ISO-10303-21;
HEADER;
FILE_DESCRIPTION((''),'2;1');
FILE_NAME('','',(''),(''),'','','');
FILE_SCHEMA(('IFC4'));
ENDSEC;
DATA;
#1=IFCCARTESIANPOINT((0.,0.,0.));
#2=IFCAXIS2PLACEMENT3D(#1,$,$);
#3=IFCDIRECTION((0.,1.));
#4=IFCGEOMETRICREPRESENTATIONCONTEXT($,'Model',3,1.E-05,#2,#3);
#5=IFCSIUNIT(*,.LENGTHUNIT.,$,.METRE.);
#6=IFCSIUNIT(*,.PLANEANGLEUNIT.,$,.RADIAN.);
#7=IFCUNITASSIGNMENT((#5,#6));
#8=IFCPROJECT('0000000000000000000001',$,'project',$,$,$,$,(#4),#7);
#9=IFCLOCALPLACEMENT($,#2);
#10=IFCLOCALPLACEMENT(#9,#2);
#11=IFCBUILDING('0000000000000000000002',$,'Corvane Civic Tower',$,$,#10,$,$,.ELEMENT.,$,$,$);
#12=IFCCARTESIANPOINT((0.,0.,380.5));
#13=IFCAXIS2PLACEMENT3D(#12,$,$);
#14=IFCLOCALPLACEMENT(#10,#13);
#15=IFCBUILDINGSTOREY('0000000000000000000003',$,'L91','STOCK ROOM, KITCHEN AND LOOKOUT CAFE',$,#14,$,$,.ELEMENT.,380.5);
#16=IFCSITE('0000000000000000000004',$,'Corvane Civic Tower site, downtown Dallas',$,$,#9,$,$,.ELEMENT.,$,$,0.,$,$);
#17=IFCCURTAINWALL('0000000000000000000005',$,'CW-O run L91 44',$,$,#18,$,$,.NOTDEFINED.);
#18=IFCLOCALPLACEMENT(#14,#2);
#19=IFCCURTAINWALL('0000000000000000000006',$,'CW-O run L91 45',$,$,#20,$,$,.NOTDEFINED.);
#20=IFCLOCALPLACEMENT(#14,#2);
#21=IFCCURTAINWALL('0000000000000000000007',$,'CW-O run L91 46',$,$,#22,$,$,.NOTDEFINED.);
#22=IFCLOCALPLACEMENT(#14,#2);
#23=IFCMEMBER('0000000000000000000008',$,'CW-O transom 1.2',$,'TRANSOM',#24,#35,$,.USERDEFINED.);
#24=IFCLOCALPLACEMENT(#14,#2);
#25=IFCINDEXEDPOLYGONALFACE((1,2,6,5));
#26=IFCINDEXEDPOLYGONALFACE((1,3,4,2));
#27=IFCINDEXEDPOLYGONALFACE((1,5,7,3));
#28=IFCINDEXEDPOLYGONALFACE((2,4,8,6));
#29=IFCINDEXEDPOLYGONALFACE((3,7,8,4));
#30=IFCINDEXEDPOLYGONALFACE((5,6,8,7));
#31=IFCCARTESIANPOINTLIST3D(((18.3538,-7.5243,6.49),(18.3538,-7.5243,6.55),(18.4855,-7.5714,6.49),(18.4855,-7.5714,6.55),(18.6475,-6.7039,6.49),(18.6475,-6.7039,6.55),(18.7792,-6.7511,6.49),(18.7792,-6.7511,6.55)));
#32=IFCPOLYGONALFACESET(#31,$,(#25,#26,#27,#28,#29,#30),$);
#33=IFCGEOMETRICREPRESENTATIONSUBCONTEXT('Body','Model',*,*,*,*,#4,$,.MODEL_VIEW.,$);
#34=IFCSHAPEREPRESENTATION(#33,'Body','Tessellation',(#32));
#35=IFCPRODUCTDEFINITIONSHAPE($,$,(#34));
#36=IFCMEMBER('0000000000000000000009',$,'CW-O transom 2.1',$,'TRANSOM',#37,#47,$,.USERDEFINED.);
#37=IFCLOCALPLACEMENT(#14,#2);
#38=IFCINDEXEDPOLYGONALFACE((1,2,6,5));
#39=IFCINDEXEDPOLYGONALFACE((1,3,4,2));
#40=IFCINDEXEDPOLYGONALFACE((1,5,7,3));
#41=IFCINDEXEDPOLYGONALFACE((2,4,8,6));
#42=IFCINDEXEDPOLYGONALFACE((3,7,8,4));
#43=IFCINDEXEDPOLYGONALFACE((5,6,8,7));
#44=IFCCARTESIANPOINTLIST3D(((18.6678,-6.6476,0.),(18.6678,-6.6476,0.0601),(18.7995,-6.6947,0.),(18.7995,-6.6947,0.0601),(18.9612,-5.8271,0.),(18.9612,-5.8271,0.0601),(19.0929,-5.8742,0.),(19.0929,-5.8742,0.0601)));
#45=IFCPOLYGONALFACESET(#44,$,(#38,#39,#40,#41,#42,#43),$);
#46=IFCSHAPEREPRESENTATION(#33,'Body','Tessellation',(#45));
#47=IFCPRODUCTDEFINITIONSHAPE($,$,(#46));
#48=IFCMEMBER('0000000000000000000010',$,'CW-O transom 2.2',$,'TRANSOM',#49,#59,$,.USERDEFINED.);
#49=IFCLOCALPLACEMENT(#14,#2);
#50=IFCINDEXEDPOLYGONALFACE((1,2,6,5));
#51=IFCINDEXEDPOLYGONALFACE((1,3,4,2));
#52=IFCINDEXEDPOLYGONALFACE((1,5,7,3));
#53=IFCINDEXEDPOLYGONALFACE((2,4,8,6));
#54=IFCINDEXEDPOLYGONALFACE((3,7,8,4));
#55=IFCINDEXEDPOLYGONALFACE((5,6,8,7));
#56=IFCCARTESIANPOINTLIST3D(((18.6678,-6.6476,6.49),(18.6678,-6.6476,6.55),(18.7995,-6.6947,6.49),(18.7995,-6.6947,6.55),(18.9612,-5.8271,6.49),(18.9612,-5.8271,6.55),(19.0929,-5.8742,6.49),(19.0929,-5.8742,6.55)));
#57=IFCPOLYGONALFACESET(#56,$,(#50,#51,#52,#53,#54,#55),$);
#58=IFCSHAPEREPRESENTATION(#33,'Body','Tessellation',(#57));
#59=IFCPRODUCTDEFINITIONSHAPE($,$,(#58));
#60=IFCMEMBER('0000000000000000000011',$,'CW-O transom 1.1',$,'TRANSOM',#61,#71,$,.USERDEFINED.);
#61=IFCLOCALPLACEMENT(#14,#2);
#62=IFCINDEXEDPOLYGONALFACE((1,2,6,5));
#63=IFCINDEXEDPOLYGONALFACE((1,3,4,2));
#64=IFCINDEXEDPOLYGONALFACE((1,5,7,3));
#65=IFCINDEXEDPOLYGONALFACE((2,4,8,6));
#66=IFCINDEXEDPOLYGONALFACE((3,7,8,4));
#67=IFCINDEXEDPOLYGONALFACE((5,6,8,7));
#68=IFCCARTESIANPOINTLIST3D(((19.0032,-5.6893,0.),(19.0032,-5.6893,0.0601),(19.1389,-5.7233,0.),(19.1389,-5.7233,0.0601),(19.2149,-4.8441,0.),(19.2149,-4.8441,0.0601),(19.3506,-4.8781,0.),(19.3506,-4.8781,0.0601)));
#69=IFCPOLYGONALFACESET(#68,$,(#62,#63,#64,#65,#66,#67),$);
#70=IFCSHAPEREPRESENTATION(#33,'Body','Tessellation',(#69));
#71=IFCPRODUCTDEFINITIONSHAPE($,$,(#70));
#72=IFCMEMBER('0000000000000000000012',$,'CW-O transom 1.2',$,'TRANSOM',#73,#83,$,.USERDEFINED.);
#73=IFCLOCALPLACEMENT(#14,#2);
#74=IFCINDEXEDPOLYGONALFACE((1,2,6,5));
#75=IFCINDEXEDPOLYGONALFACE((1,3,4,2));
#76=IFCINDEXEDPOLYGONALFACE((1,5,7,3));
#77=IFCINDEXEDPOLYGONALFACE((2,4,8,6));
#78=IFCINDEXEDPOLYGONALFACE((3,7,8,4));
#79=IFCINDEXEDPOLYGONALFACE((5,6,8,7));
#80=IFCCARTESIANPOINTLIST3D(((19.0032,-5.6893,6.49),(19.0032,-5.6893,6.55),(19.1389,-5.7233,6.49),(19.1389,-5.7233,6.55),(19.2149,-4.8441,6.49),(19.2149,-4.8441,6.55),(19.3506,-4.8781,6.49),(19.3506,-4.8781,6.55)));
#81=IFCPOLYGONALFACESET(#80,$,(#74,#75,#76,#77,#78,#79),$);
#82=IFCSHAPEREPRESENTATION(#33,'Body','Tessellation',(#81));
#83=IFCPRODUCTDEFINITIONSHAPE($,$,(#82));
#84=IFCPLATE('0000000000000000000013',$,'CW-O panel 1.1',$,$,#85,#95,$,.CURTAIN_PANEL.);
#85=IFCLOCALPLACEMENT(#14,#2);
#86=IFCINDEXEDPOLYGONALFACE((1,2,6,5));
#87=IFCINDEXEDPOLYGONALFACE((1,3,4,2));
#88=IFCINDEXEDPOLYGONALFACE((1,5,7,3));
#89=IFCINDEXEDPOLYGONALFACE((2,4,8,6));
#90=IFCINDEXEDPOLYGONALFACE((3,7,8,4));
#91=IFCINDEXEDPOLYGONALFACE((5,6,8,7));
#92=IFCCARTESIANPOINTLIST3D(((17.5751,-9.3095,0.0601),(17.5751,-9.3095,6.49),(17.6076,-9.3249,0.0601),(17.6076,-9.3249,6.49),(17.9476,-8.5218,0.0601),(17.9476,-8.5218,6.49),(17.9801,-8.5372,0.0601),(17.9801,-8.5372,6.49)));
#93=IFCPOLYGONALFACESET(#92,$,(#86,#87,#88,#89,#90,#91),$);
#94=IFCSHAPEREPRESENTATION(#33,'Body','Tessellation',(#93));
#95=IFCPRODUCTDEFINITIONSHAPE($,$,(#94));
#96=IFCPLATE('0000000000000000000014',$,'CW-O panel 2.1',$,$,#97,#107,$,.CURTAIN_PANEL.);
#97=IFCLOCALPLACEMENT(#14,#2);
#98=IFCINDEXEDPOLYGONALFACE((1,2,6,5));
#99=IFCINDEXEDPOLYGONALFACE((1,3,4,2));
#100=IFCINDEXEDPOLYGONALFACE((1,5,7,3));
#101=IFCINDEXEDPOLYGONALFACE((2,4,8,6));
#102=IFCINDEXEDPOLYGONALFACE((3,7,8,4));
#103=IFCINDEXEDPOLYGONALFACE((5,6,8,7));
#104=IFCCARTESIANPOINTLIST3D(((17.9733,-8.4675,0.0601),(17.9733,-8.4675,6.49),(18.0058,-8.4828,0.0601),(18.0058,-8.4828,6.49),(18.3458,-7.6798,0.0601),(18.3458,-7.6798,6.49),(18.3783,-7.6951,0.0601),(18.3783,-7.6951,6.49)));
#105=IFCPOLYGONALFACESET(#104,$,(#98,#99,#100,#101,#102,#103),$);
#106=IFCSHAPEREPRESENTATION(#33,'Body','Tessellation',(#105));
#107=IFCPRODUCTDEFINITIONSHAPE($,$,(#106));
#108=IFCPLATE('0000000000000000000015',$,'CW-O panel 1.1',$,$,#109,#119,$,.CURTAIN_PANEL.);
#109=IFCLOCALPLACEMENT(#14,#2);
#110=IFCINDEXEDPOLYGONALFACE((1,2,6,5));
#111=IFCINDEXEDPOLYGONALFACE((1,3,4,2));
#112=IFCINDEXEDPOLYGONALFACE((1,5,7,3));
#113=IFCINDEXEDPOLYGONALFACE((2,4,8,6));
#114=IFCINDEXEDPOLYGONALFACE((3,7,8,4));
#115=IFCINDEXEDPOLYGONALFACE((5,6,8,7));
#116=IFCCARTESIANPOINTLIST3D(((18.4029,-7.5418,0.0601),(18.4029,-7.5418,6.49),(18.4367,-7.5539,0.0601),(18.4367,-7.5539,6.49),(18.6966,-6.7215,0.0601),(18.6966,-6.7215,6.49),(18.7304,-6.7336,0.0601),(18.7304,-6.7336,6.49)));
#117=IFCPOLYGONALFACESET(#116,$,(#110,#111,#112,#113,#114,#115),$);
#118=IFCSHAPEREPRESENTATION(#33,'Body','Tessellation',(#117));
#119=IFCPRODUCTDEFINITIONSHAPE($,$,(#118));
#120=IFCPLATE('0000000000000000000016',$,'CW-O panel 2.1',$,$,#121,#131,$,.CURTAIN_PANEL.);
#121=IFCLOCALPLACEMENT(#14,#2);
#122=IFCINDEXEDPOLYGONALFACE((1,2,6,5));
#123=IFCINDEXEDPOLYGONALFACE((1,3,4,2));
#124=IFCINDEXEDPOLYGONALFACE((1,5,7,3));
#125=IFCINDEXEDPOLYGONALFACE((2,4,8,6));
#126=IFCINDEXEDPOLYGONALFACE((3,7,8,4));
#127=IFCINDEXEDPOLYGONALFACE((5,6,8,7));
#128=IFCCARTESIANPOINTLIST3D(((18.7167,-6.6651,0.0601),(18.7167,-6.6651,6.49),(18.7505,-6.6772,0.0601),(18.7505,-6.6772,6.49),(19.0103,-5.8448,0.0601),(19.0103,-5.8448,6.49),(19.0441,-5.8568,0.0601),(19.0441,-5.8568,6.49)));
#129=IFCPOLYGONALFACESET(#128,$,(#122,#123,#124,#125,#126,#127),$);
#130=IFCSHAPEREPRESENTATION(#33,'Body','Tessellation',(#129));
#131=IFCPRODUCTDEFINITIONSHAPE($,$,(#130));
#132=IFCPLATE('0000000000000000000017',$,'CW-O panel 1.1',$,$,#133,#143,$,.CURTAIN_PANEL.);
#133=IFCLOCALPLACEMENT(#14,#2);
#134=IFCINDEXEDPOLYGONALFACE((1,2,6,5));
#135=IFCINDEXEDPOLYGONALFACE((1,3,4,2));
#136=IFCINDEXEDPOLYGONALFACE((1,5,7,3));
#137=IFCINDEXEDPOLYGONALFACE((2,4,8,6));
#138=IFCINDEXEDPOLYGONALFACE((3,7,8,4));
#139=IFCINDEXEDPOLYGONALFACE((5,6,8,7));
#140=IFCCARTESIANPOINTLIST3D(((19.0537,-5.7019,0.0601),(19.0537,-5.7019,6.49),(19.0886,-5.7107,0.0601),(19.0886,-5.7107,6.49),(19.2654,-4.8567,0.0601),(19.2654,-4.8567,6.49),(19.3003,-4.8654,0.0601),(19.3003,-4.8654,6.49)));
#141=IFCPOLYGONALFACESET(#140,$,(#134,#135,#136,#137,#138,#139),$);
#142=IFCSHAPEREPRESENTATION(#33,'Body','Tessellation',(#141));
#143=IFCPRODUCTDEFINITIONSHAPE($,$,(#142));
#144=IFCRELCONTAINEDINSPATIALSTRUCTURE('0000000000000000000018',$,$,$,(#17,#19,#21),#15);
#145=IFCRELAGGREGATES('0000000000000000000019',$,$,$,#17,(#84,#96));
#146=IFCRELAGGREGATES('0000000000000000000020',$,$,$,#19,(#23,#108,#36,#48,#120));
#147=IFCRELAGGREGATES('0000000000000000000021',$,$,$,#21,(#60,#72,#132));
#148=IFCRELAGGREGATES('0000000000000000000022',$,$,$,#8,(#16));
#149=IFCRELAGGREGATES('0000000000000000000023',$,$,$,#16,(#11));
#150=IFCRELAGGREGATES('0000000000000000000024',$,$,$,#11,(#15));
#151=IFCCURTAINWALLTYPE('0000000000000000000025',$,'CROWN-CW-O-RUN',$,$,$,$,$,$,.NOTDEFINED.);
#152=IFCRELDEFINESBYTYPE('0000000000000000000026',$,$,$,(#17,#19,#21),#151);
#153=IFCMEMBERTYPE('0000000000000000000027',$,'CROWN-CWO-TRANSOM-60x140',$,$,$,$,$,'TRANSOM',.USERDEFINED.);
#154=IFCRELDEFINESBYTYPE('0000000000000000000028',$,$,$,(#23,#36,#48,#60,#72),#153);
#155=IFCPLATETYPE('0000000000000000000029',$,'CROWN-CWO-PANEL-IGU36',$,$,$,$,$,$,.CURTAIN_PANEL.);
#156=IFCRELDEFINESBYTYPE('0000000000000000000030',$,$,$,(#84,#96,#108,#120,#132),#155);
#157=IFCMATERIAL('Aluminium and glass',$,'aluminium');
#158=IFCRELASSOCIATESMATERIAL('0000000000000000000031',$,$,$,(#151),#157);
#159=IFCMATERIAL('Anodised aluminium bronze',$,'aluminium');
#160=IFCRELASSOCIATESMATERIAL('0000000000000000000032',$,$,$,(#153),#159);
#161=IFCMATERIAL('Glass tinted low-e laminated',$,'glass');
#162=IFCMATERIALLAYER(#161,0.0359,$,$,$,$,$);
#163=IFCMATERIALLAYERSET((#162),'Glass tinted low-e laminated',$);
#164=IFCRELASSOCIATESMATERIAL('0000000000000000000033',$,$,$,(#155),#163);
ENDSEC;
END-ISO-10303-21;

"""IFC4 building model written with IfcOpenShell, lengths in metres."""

from ifc_helpers import new_model, si_unit, direction, frame, origin, origin_2d, place, context, subcontext, project, spatial, rectangle, extrude, material, layer, layer_set, material_profile, profile_set, type_object, element, aggregate, save


model = new_model("IFC4")

# Units and contexts
model_context = context("Model", 3, precision=1e-05, world=origin(), true_north=direction((0.0, 1.0)))
body_context = subcontext(model_context, "Body", "Model", "MODEL_VIEW")
ifc_project = project(units=[si_unit("LENGTHUNIT", "METRE"), si_unit("PLANEANGLEUNIT", "RADIAN")], contexts=[model_context])

# Site, building, storey
site_placement = place(None, origin())
site = spatial("IfcSite", under=ifc_project, at=site_placement, Name="Corvane Civic Tower site, downtown Dallas", CompositionType="ELEMENT", RefElevation=0.0)
building_placement = place(site_placement, origin())
building = spatial("IfcBuilding", under=site, at=building_placement, Name="Corvane Civic Tower", CompositionType="ELEMENT")
storey_placement = place(building_placement, frame((0.0, 0.0, 380.5)))
storey = spatial("IfcBuildingStorey", under=building, at=storey_placement, Name="L91", Description="STOCK ROOM, KITCHEN AND LOOKOUT CAFE", CompositionType="ELEMENT", Elevation=380.5)

# Curtain walls
ifc_material_1 = material(Name="Aluminium and glass", Category="aluminium")
curtain_wall_type = type_object("IfcCurtainWallType", Name="CROWN-CW-O-RUN", PredefinedType="NOTDEFINED", material=ifc_material_1)
curtain_wall_1_placement = place(storey_placement, origin())
curtain_wall_1 = element("IfcCurtainWall", 1, at=curtain_wall_1_placement, inside=storey, type_object=curtain_wall_type, Name="CW-O run L91 44", PredefinedType="NOTDEFINED")
curtain_wall_2_placement = place(storey_placement, origin())
curtain_wall_2 = element("IfcCurtainWall", 2, at=curtain_wall_2_placement, inside=storey, type_object=curtain_wall_type, Name="CW-O run L91 45", PredefinedType="NOTDEFINED")
curtain_wall_3_placement = place(storey_placement, origin())
curtain_wall_3 = element("IfcCurtainWall", 3, at=curtain_wall_3_placement, inside=storey, type_object=curtain_wall_type, Name="CW-O run L91 46", PredefinedType="NOTDEFINED")

# Members
ifc_material_2 = material(Name="Anodised aluminium bronze", Category="aluminium")
ifc_material_profile_1 = material_profile(ifc_material_2, rectangle(XDim=0.1399, YDim=0.0601, at=origin_2d()), Name="AL 140x60")
ifc_profile_set_1 = profile_set([ifc_material_profile_1], Name="Anodised aluminium bronze")
member_type_1 = type_object("IfcMemberType", Name="CROWN-CWO-TRANSOM-60x140", ElementType="TRANSOM", PredefinedType="USERDEFINED", material=ifc_profile_set_1)
member_1_placement = place(storey_placement, frame((18.4197, -7.5479, 6.52), z_axis=(0.337082, 0.941475, 0.0), x_axis=(-0.941475, 0.337082, 0.0)))
member_1 = element("IfcMember", 4, at=member_1_placement, type_object=member_type_1, Name="CW-O transom 1.2", ObjectType="TRANSOM", PredefinedType="USERDEFINED", context=body_context, shape_type="SweptSolid", body=[
    extrude(rectangle(XDim=0.1399, YDim=0.0601, at=origin_2d()), origin(), (0.0, 0.0, 1.0), 0.8713),
])
member_2_placement = place(storey_placement, frame((18.7336, -6.6711, 0.03), z_axis=(0.336745, 0.941596, 0.0), x_axis=(-0.941596, 0.336745, 0.0)))
member_2 = element("IfcMember", 5, at=member_2_placement, type_object=member_type_1, Name="CW-O transom 2.1", ObjectType="TRANSOM", PredefinedType="USERDEFINED", context=body_context, shape_type="SweptSolid", body=[
    extrude(rectangle(XDim=0.1399, YDim=0.0601, at=origin_2d()), origin(), (0.0, 0.0, 1.0), 0.8713),
])
member_3_placement = place(storey_placement, frame((18.7336, -6.6711, 6.52), z_axis=(0.336745, 0.941596, 0.0), x_axis=(-0.941596, 0.336745, 0.0)))
member_3 = element("IfcMember", 6, at=member_3_placement, type_object=member_type_1, Name="CW-O transom 2.2", ObjectType="TRANSOM", PredefinedType="USERDEFINED", context=body_context, shape_type="SweptSolid", body=[
    extrude(rectangle(XDim=0.1399, YDim=0.0601, at=origin_2d()), origin(), (0.0, 0.0, 1.0), 0.8713),
])
member_4_placement = place(storey_placement, frame((19.071, -5.7063, 0.03), z_axis=(0.242931, 0.970044, 0.0), x_axis=(-0.970044, 0.242931, 0.0)))
member_4 = element("IfcMember", 7, at=member_4_placement, type_object=member_type_1, Name="CW-O transom 1.1", ObjectType="TRANSOM", PredefinedType="USERDEFINED", context=body_context, shape_type="SweptSolid", body=[
    extrude(rectangle(XDim=0.1399, YDim=0.0601, at=origin_2d()), origin(), (0.0, 0.0, 1.0), 0.8713),
])
member_5_placement = place(storey_placement, frame((19.071, -5.7063, 6.52), z_axis=(0.242931, 0.970044, 0.0), x_axis=(-0.970044, 0.242931, 0.0)))
member_5 = element("IfcMember", 8, at=member_5_placement, type_object=member_type_1, Name="CW-O transom 1.2", ObjectType="TRANSOM", PredefinedType="USERDEFINED", context=body_context, shape_type="SweptSolid", body=[
    extrude(rectangle(XDim=0.1399, YDim=0.0601, at=origin_2d()), origin(), (0.0, 0.0, 1.0), 0.8713),
])

# Plates
ifc_material_3 = material(Name="Glass tinted low-e laminated", Category="glass")
ifc_layer = layer(ifc_material_3, 0.0359)
ifc_layer_set = layer_set([ifc_layer], Name="Glass tinted low-e laminated")
plate_type = type_object("IfcPlateType", Name="CROWN-CWO-PANEL-IGU36", PredefinedType="CURTAIN_PANEL", material=ifc_layer_set)
plate_1_placement = place(storey_placement, frame((17.7776, -8.9233, 0.0601), z_axis=(0.0, 0.0, 1.0), x_axis=(0.427509, 0.904011, 0.0)))
plate_1 = element("IfcPlate", 9, at=plate_1_placement, type_object=plate_type, Name="CW-O panel 1.1", PredefinedType="CURTAIN_PANEL", context=body_context, shape_type="SweptSolid", body=[
    extrude(rectangle(XDim=0.8713, YDim=0.0359, at=origin_2d()), origin(), (0.0, 0.0, 1.0), 6.4299),
])
plate_2_placement = place(storey_placement, frame((18.1758, -8.0813, 0.0601), z_axis=(0.0, 0.0, 1.0), x_axis=(0.427509, 0.904011, 0.0)))
plate_2 = element("IfcPlate", 10, at=plate_2_placement, type_object=plate_type, Name="CW-O panel 2.1", PredefinedType="CURTAIN_PANEL", context=body_context, shape_type="SweptSolid", body=[
    extrude(rectangle(XDim=0.8713, YDim=0.0359, at=origin_2d()), origin(), (0.0, 0.0, 1.0), 6.4299),
])
aggregate(curtain_wall_1, [plate_1, plate_2])
plate_3_placement = place(storey_placement, frame((18.5667, -7.1377, 0.0601), z_axis=(0.0, 0.0, 1.0), x_axis=(0.336982, 0.941511, 0.0)))
plate_3 = element("IfcPlate", 11, at=plate_3_placement, type_object=plate_type, Name="CW-O panel 1.1", PredefinedType="CURTAIN_PANEL", context=body_context, shape_type="SweptSolid", body=[
    extrude(rectangle(XDim=0.8713, YDim=0.0359, at=origin_2d()), origin(), (0.0, 0.0, 1.0), 6.4299),
])
plate_4_placement = place(storey_placement, frame((18.8804, -6.261, 0.0601), z_axis=(0.0, 0.0, 1.0), x_axis=(0.336982, 0.941511, 0.0)))
plate_4 = element("IfcPlate", 12, at=plate_4_placement, type_object=plate_type, Name="CW-O panel 2.1", PredefinedType="CURTAIN_PANEL", context=body_context, shape_type="SweptSolid", body=[
    extrude(rectangle(XDim=0.8713, YDim=0.0359, at=origin_2d()), origin(), (0.0, 0.0, 1.0), 6.4299),
])
aggregate(curtain_wall_2, [member_1, plate_3, member_2, member_3, plate_4])
plate_5_placement = place(storey_placement, frame((19.177, -5.2837, 0.0601), z_axis=(0.0, 0.0, 1.0), x_axis=(0.242952, 0.970038, 0.0)))
plate_5 = element("IfcPlate", 13, at=plate_5_placement, type_object=plate_type, Name="CW-O panel 1.1", PredefinedType="CURTAIN_PANEL", context=body_context, shape_type="SweptSolid", body=[
    extrude(rectangle(XDim=0.8713, YDim=0.0359, at=origin_2d()), origin(), (0.0, 0.0, 1.0), 6.4299),
])
aggregate(curtain_wall_3, [member_4, member_5, plate_5])

save(model, "model.ifc")
